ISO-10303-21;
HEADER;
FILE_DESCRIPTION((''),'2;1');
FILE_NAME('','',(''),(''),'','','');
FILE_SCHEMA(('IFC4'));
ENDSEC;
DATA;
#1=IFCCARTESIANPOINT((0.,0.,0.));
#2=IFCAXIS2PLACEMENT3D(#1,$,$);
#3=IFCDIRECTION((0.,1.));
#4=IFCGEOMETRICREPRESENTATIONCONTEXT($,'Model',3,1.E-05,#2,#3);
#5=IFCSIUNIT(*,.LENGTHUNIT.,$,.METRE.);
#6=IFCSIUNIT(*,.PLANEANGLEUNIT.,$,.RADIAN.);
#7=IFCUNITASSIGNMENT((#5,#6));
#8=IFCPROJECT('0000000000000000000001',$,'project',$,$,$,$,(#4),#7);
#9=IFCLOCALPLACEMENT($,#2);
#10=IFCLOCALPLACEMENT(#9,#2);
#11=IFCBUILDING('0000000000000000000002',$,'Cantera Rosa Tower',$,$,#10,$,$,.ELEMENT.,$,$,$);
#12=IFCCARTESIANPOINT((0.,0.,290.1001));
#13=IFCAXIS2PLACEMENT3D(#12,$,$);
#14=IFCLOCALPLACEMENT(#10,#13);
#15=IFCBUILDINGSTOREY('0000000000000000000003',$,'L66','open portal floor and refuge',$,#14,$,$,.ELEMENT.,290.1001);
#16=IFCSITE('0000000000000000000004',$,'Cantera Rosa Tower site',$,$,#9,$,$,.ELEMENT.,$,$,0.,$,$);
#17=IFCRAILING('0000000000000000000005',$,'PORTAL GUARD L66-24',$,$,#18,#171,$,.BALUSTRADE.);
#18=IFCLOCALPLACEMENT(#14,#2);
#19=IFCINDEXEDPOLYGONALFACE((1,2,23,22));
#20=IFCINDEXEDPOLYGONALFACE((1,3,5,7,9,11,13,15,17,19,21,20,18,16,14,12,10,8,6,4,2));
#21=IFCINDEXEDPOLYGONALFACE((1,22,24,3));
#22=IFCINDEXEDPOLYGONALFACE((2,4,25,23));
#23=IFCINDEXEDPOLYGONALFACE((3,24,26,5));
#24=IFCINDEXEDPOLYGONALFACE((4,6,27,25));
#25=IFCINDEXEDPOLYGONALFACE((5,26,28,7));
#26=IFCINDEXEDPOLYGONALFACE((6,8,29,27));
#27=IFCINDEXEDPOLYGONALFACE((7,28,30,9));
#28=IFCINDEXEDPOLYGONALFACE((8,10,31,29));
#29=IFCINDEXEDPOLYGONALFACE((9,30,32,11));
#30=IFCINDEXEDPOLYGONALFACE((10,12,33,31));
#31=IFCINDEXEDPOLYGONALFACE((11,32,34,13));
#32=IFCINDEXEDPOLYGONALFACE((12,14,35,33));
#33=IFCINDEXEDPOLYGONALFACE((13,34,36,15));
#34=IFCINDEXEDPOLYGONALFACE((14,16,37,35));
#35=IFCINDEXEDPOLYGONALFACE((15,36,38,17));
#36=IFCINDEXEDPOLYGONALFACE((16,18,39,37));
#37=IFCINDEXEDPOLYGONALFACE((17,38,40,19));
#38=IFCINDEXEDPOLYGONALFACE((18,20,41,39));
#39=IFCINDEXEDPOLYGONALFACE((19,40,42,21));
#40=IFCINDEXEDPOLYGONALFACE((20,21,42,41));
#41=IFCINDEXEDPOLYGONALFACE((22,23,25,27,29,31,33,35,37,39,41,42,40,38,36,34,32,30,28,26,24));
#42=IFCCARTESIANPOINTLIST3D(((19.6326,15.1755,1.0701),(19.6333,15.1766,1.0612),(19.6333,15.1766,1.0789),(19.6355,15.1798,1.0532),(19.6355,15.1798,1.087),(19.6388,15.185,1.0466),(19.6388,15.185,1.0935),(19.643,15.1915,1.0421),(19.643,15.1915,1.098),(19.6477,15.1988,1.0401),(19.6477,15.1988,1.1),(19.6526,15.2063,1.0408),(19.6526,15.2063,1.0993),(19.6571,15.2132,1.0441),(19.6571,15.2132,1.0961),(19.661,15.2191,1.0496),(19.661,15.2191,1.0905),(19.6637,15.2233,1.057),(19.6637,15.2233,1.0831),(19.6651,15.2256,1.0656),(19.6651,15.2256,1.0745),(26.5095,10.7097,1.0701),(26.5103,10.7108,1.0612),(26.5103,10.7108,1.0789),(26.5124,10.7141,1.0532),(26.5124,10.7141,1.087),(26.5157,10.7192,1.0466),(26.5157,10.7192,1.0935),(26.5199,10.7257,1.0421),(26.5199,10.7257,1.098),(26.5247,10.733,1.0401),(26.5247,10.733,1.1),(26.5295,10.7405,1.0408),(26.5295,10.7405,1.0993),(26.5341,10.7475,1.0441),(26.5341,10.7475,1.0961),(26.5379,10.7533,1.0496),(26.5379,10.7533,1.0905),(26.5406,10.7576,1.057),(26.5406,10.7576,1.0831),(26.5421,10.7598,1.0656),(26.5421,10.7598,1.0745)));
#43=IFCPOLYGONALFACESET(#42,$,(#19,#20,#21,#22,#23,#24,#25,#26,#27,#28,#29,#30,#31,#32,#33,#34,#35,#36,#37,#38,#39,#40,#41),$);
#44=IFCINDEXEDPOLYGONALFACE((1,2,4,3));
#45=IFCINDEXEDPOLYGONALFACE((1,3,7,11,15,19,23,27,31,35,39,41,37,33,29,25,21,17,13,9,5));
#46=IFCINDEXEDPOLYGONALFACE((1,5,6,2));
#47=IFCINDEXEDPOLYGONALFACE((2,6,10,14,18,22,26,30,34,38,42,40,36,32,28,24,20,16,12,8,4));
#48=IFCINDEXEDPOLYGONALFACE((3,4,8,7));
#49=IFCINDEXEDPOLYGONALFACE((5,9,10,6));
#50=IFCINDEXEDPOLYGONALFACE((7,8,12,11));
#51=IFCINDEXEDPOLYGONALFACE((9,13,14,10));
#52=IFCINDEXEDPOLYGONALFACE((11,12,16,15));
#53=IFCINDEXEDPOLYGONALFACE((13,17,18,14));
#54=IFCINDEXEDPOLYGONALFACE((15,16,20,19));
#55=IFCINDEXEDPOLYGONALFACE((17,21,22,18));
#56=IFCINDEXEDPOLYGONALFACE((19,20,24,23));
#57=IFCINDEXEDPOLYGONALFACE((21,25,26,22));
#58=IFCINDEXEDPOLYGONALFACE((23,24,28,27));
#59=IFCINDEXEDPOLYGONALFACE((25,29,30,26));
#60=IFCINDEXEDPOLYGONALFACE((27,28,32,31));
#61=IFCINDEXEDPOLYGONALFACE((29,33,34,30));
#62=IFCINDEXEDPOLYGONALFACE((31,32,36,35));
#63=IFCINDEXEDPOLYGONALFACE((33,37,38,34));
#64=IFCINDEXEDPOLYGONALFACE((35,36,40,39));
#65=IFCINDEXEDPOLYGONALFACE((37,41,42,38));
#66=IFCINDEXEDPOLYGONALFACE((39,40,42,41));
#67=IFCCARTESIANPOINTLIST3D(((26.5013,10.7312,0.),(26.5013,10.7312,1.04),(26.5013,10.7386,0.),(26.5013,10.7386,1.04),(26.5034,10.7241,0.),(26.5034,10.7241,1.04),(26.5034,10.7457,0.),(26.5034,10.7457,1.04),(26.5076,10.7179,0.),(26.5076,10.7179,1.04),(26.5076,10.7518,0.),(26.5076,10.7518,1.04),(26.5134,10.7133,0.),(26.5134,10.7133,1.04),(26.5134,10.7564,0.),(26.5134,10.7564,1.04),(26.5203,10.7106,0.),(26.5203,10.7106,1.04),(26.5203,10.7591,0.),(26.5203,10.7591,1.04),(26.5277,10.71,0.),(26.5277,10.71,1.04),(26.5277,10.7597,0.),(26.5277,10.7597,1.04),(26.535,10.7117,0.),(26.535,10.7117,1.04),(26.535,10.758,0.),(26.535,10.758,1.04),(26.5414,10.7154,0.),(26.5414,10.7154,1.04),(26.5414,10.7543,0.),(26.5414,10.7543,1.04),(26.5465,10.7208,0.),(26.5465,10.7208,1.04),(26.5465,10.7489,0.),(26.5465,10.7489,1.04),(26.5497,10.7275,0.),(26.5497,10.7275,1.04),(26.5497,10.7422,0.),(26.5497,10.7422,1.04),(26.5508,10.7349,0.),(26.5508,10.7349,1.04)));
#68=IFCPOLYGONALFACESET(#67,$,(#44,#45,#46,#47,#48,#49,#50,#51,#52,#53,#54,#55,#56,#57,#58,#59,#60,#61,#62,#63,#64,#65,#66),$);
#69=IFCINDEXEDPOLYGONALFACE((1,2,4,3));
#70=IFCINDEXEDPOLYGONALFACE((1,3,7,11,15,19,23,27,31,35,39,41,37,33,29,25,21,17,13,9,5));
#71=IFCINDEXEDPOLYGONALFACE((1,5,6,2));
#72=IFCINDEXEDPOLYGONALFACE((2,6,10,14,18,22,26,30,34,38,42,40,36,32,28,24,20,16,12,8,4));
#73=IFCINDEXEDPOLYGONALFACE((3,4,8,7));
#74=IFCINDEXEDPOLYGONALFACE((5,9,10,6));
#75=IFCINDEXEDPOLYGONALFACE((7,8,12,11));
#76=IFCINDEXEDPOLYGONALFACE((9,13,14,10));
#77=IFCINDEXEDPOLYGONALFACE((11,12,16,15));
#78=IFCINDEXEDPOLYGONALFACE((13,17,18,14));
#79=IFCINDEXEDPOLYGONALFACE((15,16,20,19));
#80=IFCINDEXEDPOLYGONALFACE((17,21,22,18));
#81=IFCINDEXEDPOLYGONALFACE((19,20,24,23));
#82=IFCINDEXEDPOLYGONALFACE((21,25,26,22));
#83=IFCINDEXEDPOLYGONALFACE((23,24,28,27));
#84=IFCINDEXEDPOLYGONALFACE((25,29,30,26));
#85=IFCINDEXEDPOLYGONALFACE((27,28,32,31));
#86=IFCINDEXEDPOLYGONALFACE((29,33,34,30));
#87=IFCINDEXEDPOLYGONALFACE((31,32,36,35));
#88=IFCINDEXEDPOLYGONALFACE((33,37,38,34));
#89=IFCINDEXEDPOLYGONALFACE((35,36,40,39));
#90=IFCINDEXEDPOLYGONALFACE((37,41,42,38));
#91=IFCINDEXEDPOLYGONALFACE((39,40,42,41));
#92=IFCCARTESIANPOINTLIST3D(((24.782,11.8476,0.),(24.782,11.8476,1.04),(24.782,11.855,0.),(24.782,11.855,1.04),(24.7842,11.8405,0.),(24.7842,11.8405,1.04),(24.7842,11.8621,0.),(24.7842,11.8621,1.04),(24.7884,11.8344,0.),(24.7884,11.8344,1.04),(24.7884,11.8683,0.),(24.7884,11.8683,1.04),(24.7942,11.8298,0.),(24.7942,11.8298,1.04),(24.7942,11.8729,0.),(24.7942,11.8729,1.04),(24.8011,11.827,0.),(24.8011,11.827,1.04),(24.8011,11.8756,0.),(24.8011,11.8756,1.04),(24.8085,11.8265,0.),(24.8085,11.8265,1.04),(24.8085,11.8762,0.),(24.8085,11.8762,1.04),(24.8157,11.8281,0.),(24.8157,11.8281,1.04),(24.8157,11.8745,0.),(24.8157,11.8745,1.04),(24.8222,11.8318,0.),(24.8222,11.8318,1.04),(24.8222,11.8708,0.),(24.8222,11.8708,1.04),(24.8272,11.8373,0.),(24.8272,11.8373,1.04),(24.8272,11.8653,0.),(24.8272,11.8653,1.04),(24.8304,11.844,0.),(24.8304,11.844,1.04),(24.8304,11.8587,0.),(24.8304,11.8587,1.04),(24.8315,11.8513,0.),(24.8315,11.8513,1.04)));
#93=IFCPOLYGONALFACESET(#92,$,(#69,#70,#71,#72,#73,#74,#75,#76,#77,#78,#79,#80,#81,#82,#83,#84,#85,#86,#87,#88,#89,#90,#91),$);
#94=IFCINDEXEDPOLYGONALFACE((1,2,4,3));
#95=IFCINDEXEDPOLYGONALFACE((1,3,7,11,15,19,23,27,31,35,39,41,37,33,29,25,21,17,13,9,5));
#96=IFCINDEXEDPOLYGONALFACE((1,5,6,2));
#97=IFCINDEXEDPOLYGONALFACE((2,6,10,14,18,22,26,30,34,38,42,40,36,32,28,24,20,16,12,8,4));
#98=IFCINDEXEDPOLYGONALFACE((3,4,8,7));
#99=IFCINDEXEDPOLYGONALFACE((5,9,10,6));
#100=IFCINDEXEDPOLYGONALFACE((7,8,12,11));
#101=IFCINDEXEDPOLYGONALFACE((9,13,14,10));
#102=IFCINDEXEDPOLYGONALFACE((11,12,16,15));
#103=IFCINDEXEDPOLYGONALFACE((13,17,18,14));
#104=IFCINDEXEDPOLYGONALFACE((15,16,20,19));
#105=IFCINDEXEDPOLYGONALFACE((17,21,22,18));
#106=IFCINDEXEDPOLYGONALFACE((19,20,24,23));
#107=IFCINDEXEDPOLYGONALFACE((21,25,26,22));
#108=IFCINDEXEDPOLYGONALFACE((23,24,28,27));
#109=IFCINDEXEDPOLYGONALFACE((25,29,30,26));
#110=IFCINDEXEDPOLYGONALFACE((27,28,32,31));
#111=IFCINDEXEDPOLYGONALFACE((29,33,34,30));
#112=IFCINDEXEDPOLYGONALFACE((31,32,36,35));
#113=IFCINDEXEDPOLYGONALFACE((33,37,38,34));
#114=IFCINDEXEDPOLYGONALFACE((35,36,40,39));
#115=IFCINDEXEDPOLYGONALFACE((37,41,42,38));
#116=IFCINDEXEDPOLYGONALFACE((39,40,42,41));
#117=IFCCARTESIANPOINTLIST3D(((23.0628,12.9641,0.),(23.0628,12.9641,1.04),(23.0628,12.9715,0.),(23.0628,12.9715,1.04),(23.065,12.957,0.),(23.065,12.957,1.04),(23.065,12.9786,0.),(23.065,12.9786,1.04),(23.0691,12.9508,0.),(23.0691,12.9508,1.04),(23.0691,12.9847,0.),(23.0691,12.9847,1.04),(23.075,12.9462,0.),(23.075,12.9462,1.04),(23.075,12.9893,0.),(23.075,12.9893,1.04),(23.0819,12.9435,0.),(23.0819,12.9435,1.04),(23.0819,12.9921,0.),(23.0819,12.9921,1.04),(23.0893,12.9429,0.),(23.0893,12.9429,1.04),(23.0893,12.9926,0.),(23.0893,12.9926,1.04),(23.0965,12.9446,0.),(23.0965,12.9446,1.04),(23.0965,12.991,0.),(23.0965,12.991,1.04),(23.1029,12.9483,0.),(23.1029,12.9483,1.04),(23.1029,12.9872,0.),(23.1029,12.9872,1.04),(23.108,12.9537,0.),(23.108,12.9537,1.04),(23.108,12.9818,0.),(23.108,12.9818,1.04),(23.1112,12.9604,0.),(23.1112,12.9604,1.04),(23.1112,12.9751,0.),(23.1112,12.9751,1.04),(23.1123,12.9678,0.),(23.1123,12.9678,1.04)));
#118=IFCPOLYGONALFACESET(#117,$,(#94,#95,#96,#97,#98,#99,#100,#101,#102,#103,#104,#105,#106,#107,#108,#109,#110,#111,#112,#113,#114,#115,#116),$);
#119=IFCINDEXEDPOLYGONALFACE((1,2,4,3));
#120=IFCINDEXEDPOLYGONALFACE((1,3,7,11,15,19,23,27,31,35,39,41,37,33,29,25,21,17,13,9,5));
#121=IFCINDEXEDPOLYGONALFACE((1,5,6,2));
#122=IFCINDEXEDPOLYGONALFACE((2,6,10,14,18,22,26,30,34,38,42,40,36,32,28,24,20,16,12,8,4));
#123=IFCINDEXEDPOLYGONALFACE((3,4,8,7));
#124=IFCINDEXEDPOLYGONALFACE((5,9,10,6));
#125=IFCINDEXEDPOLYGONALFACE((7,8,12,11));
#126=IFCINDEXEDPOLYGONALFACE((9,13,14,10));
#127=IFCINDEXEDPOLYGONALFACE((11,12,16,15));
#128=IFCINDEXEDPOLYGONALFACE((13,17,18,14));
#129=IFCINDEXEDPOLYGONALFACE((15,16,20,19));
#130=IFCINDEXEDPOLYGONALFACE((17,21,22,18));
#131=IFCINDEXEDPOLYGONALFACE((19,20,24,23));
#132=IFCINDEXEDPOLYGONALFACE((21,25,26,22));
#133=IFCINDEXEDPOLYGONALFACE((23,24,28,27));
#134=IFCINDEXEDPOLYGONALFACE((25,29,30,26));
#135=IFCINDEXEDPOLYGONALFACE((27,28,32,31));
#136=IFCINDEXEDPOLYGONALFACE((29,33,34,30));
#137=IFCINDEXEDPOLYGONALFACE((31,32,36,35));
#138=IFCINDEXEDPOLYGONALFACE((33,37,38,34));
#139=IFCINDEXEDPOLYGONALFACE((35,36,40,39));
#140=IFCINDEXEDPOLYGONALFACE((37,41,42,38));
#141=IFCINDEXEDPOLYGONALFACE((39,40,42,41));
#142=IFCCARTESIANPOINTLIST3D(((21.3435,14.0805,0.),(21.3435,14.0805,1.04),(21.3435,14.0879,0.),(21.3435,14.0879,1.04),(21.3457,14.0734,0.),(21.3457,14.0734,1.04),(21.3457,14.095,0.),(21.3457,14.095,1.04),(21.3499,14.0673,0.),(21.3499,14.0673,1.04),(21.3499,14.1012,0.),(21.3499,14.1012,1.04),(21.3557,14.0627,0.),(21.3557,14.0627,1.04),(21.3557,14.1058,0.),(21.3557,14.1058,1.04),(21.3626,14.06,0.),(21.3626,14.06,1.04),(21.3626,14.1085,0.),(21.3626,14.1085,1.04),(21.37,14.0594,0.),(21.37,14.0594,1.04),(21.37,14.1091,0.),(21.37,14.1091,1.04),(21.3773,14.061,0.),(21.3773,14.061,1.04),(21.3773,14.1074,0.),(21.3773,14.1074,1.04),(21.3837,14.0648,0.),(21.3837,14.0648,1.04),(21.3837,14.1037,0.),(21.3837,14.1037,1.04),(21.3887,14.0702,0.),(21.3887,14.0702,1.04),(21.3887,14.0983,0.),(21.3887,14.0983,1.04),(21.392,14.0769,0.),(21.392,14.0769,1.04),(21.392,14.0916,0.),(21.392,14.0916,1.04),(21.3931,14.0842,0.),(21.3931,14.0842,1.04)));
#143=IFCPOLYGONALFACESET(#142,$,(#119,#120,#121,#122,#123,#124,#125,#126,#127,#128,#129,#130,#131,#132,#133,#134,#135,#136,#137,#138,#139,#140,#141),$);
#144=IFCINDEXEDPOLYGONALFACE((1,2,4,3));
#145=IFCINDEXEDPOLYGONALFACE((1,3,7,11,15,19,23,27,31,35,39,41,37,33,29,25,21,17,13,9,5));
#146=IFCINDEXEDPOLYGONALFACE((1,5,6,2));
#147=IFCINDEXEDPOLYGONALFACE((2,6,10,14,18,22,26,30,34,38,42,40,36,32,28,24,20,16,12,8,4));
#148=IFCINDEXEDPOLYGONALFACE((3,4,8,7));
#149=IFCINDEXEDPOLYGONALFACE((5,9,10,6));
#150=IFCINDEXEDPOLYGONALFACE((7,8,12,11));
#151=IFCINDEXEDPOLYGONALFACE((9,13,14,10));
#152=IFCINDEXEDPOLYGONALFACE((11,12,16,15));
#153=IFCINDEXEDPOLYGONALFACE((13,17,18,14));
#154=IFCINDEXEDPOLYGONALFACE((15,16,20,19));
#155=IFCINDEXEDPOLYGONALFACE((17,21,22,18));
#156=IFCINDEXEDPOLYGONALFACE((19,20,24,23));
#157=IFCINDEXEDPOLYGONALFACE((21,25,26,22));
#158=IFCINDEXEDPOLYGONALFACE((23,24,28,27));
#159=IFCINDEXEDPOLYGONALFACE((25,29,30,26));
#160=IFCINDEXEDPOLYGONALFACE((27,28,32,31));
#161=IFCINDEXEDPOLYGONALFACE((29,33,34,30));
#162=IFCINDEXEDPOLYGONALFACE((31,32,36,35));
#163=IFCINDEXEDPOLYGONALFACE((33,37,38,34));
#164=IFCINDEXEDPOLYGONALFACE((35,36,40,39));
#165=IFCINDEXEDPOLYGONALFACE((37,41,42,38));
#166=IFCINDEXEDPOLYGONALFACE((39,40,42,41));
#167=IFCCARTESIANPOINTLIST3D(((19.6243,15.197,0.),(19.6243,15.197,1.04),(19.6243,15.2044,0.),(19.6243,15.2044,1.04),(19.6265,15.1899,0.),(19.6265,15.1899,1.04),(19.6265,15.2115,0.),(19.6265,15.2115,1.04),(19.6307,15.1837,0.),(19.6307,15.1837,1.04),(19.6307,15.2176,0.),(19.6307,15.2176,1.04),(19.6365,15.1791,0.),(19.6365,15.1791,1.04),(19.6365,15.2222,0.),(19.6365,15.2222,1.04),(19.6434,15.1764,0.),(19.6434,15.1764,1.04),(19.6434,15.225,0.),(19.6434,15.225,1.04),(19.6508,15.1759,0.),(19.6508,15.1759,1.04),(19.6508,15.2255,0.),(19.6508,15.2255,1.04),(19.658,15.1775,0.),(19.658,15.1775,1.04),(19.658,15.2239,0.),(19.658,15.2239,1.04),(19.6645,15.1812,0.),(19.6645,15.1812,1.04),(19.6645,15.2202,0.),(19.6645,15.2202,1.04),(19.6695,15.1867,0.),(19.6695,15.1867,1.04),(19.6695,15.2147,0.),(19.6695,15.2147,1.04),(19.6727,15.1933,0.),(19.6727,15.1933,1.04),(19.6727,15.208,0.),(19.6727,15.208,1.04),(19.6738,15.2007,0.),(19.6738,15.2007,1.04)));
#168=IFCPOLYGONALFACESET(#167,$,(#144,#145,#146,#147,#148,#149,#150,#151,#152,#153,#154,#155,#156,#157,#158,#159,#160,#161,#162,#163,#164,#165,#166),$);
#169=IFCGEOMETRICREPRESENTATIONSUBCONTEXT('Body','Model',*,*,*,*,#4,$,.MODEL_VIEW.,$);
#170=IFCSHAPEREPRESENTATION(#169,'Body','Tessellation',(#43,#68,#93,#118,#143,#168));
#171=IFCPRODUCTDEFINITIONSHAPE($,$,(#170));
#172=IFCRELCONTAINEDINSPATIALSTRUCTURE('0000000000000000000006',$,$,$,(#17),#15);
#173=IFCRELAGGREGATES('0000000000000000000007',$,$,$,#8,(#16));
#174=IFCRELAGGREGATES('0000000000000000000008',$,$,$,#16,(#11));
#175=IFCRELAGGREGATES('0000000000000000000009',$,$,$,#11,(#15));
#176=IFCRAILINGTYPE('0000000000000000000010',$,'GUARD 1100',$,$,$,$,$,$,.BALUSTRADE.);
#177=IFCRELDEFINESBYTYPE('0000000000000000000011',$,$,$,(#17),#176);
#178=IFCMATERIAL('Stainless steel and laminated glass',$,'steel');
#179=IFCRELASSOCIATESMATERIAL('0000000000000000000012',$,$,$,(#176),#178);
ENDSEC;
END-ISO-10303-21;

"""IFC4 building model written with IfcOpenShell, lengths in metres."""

from ifc_helpers import new_model, si_unit, direction, frame, origin, origin_2d, place, context, subcontext, project, spatial, circle, extrude, material, type_object, element, save


model = new_model("IFC4")

# Units and contexts
model_context = context("Model", 3, precision=1e-05, world=origin(), true_north=direction((0.0, 1.0)))
body_context = subcontext(model_context, "Body", "Model", "MODEL_VIEW")
ifc_project = project(units=[si_unit("LENGTHUNIT", "METRE"), si_unit("PLANEANGLEUNIT", "RADIAN")], contexts=[model_context])

# Site, building, storey
site_placement = place(None, origin())
site = spatial("IfcSite", under=ifc_project, at=site_placement, Name="Cantera Rosa Tower site", CompositionType="ELEMENT", RefElevation=0.0)
building_placement = place(site_placement, origin())
building = spatial("IfcBuilding", under=site, at=building_placement, Name="Cantera Rosa Tower", CompositionType="ELEMENT")
storey_placement = place(building_placement, frame((0.0, 0.0, 290.1001)))
storey = spatial("IfcBuildingStorey", under=building, at=storey_placement, Name="L66", Description="open portal floor and refuge", CompositionType="ELEMENT", Elevation=290.1001)

# Railing
ifc_material_1 = material(Name="Stainless steel and laminated glass", Category="steel")
railing_type_1 = type_object("IfcRailingType", Name="GUARD 1100", PredefinedType="BALUSTRADE", material=ifc_material_1)
railing_1_placement = place(storey_placement, frame((26.5259, 10.7349, 0.0)))
element("IfcRailing", 1, at=railing_1_placement, inside=storey, type_object=railing_type_1, Name="PORTAL GUARD L66-24", PredefinedType="BALUSTRADE", context=body_context, shape_type="SweptSolid", body=[
    extrude(circle(Radius=0.03, at=origin_2d()), frame((0.0, 0.0, 1.0701), z_axis=(-0.838678, 0.544628, 0.0), x_axis=(-0.544628, -0.838678, 0.0)), (0.0, 0.0, 1.0), 8.1997),
    extrude(circle(Radius=0.0249, at=origin_2d()), origin(), (0.0, 0.0, 1.0), 1.04),
    extrude(circle(Radius=0.0249, at=origin_2d()), frame((-1.7192, 1.1165, 0.0)), (0.0, 0.0, 1.0), 1.04),
    extrude(circle(Radius=0.0249, at=origin_2d()), frame((-3.4385, 2.2329, 0.0)), (0.0, 0.0, 1.0), 1.04),
    extrude(circle(Radius=0.0249, at=origin_2d()), frame((-5.1577, 3.3494, 0.0)), (0.0, 0.0, 1.0), 1.04),
    extrude(circle(Radius=0.0249, at=origin_2d()), frame((-6.877, 4.4658, 0.0)), (0.0, 0.0, 1.0), 1.04),
])

save(model, "model.ifc")
